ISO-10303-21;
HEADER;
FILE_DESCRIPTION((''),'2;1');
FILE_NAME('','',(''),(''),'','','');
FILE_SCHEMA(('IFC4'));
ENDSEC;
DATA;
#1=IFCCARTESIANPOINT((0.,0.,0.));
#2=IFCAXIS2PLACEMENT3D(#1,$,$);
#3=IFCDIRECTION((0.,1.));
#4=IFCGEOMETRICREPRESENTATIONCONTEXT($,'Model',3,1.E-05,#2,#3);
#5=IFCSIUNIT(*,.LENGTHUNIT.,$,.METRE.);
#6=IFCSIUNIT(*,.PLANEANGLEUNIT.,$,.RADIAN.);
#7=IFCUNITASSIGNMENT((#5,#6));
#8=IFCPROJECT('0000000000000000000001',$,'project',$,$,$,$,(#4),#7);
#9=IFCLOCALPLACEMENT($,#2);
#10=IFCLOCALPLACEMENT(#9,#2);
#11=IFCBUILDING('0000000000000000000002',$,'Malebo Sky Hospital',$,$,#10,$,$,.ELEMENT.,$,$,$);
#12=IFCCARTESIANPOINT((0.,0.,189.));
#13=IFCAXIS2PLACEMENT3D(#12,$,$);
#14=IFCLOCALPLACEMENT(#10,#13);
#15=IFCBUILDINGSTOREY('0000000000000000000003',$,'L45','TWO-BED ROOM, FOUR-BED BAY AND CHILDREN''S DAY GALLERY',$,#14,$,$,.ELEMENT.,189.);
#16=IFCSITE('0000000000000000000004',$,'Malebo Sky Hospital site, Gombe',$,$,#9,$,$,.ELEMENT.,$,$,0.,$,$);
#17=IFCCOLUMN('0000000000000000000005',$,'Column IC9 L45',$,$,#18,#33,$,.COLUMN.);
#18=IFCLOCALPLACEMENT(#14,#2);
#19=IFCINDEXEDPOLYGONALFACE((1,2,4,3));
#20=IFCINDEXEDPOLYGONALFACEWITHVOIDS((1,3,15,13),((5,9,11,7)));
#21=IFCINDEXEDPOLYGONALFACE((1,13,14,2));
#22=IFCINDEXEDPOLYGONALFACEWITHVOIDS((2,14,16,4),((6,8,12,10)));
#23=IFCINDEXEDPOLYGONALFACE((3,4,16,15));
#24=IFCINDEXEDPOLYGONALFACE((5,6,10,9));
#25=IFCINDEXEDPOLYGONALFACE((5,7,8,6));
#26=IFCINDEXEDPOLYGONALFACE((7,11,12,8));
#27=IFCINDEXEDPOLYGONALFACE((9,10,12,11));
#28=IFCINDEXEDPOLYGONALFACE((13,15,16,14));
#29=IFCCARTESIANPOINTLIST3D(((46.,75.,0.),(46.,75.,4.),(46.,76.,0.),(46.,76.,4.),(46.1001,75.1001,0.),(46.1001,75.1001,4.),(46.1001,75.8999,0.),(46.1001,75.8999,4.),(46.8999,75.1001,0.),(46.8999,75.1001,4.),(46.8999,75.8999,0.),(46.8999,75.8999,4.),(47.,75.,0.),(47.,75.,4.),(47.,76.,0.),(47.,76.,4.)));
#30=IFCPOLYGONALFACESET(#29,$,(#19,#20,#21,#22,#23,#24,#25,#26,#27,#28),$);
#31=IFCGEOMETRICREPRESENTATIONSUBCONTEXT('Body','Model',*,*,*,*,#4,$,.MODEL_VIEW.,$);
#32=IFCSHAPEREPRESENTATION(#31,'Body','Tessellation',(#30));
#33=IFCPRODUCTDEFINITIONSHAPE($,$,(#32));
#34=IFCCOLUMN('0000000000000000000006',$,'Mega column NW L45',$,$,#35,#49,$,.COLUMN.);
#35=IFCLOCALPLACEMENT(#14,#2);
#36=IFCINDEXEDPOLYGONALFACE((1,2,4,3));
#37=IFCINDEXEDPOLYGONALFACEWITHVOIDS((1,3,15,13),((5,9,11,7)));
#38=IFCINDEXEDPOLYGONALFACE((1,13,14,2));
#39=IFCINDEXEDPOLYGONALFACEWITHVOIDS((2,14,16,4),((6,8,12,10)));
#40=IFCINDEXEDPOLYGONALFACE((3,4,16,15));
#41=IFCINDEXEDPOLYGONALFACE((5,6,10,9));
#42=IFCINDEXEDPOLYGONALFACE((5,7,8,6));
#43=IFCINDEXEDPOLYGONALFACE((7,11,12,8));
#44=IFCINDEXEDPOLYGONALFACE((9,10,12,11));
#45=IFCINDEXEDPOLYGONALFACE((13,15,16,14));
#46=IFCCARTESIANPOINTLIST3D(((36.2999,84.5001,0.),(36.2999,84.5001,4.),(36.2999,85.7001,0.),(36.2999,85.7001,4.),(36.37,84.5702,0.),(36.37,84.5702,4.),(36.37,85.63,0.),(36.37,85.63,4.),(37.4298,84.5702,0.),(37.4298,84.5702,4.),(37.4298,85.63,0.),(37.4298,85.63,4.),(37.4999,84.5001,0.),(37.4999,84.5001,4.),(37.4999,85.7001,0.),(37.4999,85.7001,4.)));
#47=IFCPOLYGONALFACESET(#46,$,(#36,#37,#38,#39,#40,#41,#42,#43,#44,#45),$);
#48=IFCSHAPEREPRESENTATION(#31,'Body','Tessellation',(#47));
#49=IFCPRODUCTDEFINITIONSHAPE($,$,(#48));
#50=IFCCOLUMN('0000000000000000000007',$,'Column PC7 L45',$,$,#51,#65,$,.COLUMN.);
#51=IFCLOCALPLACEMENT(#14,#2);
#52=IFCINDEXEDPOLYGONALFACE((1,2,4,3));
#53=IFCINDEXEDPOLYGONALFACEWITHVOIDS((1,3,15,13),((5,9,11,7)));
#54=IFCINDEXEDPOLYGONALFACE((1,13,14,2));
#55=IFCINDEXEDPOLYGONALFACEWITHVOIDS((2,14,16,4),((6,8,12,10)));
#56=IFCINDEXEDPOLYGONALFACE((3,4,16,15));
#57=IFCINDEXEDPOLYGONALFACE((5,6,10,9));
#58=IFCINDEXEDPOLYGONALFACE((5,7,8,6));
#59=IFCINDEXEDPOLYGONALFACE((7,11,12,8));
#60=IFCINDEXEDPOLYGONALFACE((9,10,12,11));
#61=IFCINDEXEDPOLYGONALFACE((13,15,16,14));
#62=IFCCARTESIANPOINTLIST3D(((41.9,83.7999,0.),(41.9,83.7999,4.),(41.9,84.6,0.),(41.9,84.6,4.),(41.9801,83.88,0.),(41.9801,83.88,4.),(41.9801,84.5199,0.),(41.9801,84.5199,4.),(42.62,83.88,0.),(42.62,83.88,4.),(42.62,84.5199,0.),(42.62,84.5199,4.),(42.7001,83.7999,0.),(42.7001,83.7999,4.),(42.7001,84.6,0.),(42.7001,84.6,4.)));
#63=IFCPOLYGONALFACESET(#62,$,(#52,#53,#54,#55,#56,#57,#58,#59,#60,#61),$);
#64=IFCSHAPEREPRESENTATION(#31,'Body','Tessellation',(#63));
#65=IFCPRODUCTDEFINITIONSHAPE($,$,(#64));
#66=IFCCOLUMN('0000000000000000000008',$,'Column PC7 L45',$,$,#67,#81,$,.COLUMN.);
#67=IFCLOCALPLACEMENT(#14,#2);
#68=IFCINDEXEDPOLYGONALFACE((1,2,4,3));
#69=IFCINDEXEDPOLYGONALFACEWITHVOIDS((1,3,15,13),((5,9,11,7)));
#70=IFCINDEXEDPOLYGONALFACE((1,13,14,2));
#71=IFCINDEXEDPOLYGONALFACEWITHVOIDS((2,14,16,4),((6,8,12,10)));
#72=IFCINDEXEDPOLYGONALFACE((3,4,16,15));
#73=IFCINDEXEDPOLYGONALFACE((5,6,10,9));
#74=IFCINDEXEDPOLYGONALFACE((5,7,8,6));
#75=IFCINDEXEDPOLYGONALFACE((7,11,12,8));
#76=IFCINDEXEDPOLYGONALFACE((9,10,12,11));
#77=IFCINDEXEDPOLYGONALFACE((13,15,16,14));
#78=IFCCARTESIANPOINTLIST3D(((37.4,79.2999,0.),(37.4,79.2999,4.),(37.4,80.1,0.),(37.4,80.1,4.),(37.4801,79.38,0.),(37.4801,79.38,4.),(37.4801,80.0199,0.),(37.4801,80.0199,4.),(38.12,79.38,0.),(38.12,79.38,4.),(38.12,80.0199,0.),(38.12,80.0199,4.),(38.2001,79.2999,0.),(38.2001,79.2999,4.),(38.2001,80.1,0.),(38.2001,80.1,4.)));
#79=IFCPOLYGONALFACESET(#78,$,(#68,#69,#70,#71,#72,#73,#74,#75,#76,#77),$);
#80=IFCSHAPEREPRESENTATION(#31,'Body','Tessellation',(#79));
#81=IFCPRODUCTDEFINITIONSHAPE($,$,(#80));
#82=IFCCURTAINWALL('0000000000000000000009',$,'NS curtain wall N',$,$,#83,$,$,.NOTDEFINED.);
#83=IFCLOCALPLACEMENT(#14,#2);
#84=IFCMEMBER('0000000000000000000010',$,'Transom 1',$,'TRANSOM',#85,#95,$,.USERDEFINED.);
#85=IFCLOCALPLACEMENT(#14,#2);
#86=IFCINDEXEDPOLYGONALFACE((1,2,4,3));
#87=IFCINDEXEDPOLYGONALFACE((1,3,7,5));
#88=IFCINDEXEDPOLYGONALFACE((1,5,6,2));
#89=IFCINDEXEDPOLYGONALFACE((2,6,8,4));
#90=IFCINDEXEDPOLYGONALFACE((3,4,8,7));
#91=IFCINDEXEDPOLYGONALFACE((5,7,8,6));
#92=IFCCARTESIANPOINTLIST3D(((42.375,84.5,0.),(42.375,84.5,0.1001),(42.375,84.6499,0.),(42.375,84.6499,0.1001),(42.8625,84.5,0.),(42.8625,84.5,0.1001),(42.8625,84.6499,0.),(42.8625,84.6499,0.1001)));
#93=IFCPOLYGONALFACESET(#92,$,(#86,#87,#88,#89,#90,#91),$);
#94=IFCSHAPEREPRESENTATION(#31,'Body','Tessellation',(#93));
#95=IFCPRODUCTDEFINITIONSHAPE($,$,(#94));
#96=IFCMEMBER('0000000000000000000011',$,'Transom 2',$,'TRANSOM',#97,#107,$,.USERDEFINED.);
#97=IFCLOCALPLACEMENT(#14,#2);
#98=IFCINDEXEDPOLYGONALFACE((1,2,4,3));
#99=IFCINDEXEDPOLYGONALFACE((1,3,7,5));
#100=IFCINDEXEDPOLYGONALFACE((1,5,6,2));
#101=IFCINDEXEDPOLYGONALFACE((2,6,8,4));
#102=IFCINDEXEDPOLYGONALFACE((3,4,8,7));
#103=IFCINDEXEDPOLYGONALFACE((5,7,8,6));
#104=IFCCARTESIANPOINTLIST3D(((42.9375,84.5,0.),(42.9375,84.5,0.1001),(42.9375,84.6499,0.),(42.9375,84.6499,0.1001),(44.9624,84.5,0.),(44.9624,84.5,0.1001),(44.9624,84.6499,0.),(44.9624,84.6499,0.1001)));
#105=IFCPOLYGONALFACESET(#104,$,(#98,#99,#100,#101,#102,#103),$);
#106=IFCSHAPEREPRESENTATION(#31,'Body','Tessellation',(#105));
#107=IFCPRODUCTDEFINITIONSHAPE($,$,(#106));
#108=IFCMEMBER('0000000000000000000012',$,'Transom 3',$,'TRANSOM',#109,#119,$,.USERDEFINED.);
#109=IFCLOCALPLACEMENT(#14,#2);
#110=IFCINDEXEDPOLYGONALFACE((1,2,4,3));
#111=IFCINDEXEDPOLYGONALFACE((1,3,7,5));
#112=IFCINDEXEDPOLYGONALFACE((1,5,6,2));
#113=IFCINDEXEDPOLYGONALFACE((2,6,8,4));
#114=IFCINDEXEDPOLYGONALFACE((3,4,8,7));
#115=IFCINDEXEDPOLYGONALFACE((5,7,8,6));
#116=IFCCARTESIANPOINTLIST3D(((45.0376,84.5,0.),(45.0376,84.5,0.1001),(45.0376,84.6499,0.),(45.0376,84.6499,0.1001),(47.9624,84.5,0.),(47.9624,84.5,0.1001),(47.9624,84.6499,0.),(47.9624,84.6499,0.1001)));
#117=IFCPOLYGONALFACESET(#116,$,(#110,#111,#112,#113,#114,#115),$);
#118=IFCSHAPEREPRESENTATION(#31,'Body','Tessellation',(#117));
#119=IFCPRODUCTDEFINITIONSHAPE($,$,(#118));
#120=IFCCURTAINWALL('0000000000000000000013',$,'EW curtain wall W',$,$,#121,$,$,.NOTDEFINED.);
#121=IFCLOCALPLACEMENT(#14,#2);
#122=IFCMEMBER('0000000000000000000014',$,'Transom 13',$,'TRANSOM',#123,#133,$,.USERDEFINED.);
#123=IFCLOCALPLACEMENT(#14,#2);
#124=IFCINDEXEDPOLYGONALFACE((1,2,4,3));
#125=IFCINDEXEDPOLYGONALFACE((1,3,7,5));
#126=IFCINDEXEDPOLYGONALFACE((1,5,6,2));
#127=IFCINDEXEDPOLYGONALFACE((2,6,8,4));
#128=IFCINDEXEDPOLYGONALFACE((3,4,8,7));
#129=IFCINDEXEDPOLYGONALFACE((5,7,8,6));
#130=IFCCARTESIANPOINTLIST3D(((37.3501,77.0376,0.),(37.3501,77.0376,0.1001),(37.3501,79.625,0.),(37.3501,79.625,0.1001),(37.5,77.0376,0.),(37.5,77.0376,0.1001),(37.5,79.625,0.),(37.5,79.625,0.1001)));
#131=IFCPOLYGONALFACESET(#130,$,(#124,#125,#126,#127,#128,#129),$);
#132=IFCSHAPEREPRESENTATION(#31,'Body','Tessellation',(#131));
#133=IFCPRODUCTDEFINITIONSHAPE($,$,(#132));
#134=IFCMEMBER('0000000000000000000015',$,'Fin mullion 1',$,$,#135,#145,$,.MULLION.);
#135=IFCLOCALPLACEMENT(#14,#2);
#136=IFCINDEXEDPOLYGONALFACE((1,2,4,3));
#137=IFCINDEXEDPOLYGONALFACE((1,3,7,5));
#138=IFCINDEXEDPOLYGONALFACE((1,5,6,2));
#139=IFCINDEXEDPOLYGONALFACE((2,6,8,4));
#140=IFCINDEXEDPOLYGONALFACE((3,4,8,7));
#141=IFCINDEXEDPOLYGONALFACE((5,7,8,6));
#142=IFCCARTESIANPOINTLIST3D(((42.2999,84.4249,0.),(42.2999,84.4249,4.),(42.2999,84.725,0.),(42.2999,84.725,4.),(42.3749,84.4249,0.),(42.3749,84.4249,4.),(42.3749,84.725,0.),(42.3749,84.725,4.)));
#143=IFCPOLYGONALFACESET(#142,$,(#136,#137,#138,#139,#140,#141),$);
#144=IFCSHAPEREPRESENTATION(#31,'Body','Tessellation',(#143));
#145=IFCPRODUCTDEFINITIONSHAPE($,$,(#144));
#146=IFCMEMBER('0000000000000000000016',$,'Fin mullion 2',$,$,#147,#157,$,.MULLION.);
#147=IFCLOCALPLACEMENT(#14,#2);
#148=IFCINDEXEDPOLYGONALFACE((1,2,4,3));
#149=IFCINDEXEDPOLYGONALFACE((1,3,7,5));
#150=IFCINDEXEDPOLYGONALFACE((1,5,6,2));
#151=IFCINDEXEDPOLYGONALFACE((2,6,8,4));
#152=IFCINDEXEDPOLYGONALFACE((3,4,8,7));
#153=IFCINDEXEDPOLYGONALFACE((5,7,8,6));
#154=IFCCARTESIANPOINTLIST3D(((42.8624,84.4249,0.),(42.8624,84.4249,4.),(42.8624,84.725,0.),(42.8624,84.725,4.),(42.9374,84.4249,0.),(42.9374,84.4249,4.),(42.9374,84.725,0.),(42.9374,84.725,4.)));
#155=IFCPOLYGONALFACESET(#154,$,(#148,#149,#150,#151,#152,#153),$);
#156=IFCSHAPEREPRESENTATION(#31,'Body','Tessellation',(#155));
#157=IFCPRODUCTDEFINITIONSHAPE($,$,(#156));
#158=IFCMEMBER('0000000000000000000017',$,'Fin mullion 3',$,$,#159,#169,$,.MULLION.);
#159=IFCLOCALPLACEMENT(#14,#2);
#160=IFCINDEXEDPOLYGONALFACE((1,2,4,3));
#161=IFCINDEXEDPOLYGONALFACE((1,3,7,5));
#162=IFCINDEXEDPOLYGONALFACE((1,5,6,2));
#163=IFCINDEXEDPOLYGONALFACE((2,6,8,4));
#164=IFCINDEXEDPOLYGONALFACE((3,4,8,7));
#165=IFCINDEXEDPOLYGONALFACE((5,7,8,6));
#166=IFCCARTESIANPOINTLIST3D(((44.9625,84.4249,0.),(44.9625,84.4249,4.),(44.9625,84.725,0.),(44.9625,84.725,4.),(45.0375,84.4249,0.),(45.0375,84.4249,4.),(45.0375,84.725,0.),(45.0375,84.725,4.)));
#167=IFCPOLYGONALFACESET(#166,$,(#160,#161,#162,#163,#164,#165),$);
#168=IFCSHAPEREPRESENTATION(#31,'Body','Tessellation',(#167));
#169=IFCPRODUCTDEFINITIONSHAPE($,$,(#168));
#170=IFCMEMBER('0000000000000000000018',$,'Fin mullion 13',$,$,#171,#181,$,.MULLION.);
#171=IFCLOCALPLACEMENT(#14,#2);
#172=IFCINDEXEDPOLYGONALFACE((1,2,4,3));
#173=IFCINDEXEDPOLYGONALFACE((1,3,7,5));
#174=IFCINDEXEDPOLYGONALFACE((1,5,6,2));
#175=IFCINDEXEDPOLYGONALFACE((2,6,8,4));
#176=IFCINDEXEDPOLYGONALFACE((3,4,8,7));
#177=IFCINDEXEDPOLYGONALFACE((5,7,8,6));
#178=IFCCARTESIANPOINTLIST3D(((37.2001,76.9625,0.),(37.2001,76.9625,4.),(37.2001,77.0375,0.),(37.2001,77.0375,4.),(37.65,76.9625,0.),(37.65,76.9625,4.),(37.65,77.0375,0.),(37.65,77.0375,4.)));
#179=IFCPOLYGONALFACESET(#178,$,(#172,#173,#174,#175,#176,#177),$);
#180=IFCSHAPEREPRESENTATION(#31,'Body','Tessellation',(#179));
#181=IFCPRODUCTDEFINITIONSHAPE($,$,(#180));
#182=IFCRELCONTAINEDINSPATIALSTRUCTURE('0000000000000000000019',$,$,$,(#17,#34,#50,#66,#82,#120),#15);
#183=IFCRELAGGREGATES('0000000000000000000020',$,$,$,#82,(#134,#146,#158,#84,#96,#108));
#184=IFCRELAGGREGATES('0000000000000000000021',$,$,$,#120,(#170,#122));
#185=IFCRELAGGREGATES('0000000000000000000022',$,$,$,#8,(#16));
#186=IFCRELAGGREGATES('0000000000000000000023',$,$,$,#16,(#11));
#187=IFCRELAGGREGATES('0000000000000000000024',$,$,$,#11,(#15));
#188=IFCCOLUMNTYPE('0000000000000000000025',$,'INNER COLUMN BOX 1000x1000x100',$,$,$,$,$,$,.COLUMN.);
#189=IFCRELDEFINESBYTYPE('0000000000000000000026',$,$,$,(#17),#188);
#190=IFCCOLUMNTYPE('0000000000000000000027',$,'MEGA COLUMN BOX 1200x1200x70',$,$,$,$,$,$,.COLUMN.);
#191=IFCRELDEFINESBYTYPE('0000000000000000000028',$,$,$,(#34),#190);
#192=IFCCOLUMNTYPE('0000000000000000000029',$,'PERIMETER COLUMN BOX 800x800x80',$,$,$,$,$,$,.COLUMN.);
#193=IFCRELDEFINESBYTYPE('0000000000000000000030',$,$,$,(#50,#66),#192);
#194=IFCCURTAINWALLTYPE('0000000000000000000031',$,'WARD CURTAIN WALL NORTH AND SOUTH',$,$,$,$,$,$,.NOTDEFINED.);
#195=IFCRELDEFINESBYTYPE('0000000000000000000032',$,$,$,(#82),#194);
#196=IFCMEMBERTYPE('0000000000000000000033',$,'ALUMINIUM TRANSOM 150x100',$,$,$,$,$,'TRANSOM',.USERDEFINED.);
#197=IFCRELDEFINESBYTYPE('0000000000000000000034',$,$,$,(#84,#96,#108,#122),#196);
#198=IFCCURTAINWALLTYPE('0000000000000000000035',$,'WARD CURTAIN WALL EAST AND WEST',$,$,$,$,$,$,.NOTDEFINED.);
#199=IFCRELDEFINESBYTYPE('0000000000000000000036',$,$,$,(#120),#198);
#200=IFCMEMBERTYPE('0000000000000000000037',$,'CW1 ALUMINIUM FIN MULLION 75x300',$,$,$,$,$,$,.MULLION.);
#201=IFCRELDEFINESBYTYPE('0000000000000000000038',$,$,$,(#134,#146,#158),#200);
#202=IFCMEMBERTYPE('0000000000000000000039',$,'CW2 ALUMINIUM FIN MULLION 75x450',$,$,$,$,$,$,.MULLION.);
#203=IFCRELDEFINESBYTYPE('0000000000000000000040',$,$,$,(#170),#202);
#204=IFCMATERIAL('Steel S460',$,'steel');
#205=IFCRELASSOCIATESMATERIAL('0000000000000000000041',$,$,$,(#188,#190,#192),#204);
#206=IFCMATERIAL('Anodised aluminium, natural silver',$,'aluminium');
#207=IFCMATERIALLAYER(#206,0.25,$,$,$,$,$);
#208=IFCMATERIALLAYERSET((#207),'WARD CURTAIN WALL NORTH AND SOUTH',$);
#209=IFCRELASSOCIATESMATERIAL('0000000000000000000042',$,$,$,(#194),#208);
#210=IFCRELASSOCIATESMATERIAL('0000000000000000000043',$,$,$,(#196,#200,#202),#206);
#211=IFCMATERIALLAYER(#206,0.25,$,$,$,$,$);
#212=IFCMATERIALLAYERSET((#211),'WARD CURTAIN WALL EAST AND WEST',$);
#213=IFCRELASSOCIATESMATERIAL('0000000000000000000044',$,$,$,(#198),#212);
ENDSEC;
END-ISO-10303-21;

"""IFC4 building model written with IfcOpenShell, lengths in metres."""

from ifc_helpers import new_model, si_unit, direction, frame, origin, origin_2d, place, context, subcontext, project, spatial, rectangle, hollow_rectangle, extrude, material, layer, layer_set, material_profile, profile_set, type_object, element, aggregate, save


model = new_model("IFC4")

# Units and contexts
model_context = context("Model", 3, precision=1e-05, world=origin(), true_north=direction((0.0, 1.0)))
body_context = subcontext(model_context, "Body", "Model", "MODEL_VIEW")
ifc_project = project(units=[si_unit("LENGTHUNIT", "METRE"), si_unit("PLANEANGLEUNIT", "RADIAN")], contexts=[model_context])

# Site, building, storey
site_placement = place(None, origin())
site = spatial("IfcSite", under=ifc_project, at=site_placement, Name="Malebo Sky Hospital site, Gombe", CompositionType="ELEMENT", RefElevation=0.0)
building_placement = place(site_placement, origin())
building = spatial("IfcBuilding", under=site, at=building_placement, Name="Malebo Sky Hospital", CompositionType="ELEMENT")
storey_placement = place(building_placement, frame((0.0, 0.0, 189.0)))
storey = spatial("IfcBuildingStorey", under=building, at=storey_placement, Name="L45", Description="TWO-BED ROOM, FOUR-BED BAY AND CHILDREN'S DAY GALLERY", CompositionType="ELEMENT", Elevation=189.0)

# Columns
ifc_material_1 = material(Name="Steel S460", Category="steel")
ifc_material_profile_1 = material_profile(ifc_material_1, hollow_rectangle(XDim=1.0, YDim=1.0, WallThickness=0.1001, at=origin_2d()), Name="BOX 1000x1000x100")
ifc_profile_set_1 = profile_set([ifc_material_profile_1], Name="Steel S460")
column_type_1 = type_object("IfcColumnType", Name="INNER COLUMN BOX 1000x1000x100", PredefinedType="COLUMN", material=ifc_profile_set_1)
column_1_placement = place(storey_placement, frame((46.5, 75.5, 0.0), z_axis=(0.0, 0.0, 1.0), x_axis=(1.0, 0.0, 0.0)))
element("IfcColumn", 1, at=column_1_placement, inside=storey, type_object=column_type_1, Name="Column IC9 L45", PredefinedType="COLUMN", context=body_context, shape_type="SweptSolid", body=[
    extrude(hollow_rectangle(XDim=1.0, YDim=1.0, WallThickness=0.1001, at=origin_2d()), origin(), (0.0, 0.0, 1.0), 4.0),
])
ifc_material_profile_2 = material_profile(ifc_material_1, hollow_rectangle(XDim=1.2, YDim=1.2, WallThickness=0.0701, at=origin_2d()), Name="BOX 1200x1200x70")
ifc_profile_set_2 = profile_set([ifc_material_profile_2], Name="Steel S460")
column_type_2 = type_object("IfcColumnType", Name="MEGA COLUMN BOX 1200x1200x70", PredefinedType="COLUMN", material=ifc_profile_set_2)
column_2_placement = place(storey_placement, frame((36.8999, 85.1001, 0.0), z_axis=(0.0, 0.0, 1.0), x_axis=(1.0, 0.0, 0.0)))
element("IfcColumn", 2, at=column_2_placement, inside=storey, type_object=column_type_2, Name="Mega column NW L45", PredefinedType="COLUMN", context=body_context, shape_type="SweptSolid", body=[
    extrude(hollow_rectangle(XDim=1.2, YDim=1.2, WallThickness=0.0701, at=origin_2d()), origin(), (0.0, 0.0, 1.0), 4.0),
])
ifc_material_profile_3 = material_profile(ifc_material_1, hollow_rectangle(XDim=0.8, YDim=0.8, WallThickness=0.0801, at=origin_2d()), Name="BOX 800x800x80")
ifc_profile_set_3 = profile_set([ifc_material_profile_3], Name="Steel S460")
column_type_3 = type_object("IfcColumnType", Name="PERIMETER COLUMN BOX 800x800x80", PredefinedType="COLUMN", material=ifc_profile_set_3)
for number, where, z_axis, x_axis, name in (
    (3, (42.3, 84.2, 0.0), (0.0, 0.0, 1.0), (1.0, 0.0, 0.0), "Column PC7 L45"),
    (4, (37.8, 79.7, 0.0), (0.0, 0.0, 1.0), (1.0, 0.0, 0.0), "Column PC7 L45"),
):
    element("IfcColumn", number, at=place(storey_placement, frame(where, z_axis=z_axis, x_axis=x_axis)), inside=storey, type_object=column_type_3, Name=name, PredefinedType="COLUMN", context=body_context, shape_type="SweptSolid", body=[
        extrude(hollow_rectangle(XDim=0.8, YDim=0.8, WallThickness=0.0801, at=origin_2d()), origin(), (0.0, 0.0, 1.0), 4.0),
    ])

# Curtain wall, members
ifc_material_2 = material(Name="Anodised aluminium, natural silver", Category="aluminium")
ifc_layer_1 = layer(ifc_material_2, 0.25)
ifc_layer_set_1 = layer_set([ifc_layer_1], Name="WARD CURTAIN WALL NORTH AND SOUTH")
curtain_wall_type_1 = type_object("IfcCurtainWallType", Name="WARD CURTAIN WALL NORTH AND SOUTH", PredefinedType="NOTDEFINED", material=ifc_layer_set_1)
curtain_wall_1_placement = place(storey_placement, origin())
curtain_wall_1 = element("IfcCurtainWall", 5, at=curtain_wall_1_placement, inside=storey, type_object=curtain_wall_type_1, Name="NS curtain wall N", PredefinedType="NOTDEFINED")
ifc_material_profile_4 = material_profile(ifc_material_2, rectangle(XDim=0.1499, YDim=0.1001, at=origin_2d()), Name="ALUMINIUM TRANSOM 150x100")
ifc_profile_set_4 = profile_set([ifc_material_profile_4], Name="Anodised aluminium, natural silver")
member_type_1 = type_object("IfcMemberType", Name="ALUMINIUM TRANSOM 150x100", ElementType="TRANSOM", PredefinedType="USERDEFINED", material=ifc_profile_set_4)
member_1_placement = place(storey_placement, frame((42.375, 84.575, 0.05), z_axis=(1.0, 0.0, 0.0), x_axis=(0.0, 1.0, 0.0)))
member_1 = element("IfcMember", 6, at=member_1_placement, type_object=member_type_1, Name="Transom 1", ObjectType="TRANSOM", PredefinedType="USERDEFINED", context=body_context, shape_type="SweptSolid", body=[
    extrude(rectangle(XDim=0.1499, YDim=0.1001, at=origin_2d()), origin(), (0.0, 0.0, 1.0), 0.4875),
])
member_2_placement = place(storey_placement, frame((42.9375, 84.575, 0.05), z_axis=(1.0, 0.0, 0.0), x_axis=(0.0, 1.0, 0.0)))
member_2 = element("IfcMember", 7, at=member_2_placement, type_object=member_type_1, Name="Transom 2", ObjectType="TRANSOM", PredefinedType="USERDEFINED", context=body_context, shape_type="SweptSolid", body=[
    extrude(rectangle(XDim=0.1499, YDim=0.1001, at=origin_2d()), origin(), (0.0, 0.0, 1.0), 2.0249),
])
member_3_placement = place(storey_placement, frame((45.0376, 84.575, 0.05), z_axis=(1.0, 0.0, 0.0), x_axis=(0.0, 1.0, 0.0)))
member_3 = element("IfcMember", 8, at=member_3_placement, type_object=member_type_1, Name="Transom 3", ObjectType="TRANSOM", PredefinedType="USERDEFINED", context=body_context, shape_type="SweptSolid", body=[
    extrude(rectangle(XDim=0.1499, YDim=0.1001, at=origin_2d()), origin(), (0.0, 0.0, 1.0), 2.9248),
])

# Curtain wall, member
ifc_layer_2 = layer(ifc_material_2, 0.25)
ifc_layer_set_2 = layer_set([ifc_layer_2], Name="WARD CURTAIN WALL EAST AND WEST")
curtain_wall_type_2 = type_object("IfcCurtainWallType", Name="WARD CURTAIN WALL EAST AND WEST", PredefinedType="NOTDEFINED", material=ifc_layer_set_2)
curtain_wall_2_placement = place(storey_placement, origin())
curtain_wall_2 = element("IfcCurtainWall", 9, at=curtain_wall_2_placement, inside=storey, type_object=curtain_wall_type_2, Name="EW curtain wall W", PredefinedType="NOTDEFINED")
member_4_placement = place(storey_placement, frame((37.425, 77.0376, 0.05), z_axis=(0.0, 1.0, 0.0), x_axis=(-1.0, 0.0, 0.0)))
member_4 = element("IfcMember", 10, at=member_4_placement, type_object=member_type_1, Name="Transom 13", ObjectType="TRANSOM", PredefinedType="USERDEFINED", context=body_context, shape_type="SweptSolid", body=[
    extrude(rectangle(XDim=0.1499, YDim=0.1001, at=origin_2d()), origin(), (0.0, 0.0, 1.0), 2.5874),
])

# Members
ifc_material_profile_5 = material_profile(ifc_material_2, rectangle(XDim=0.075, YDim=0.3, at=origin_2d()), Name="CW1 ALUMINIUM FIN MULLION 75x300")
ifc_profile_set_5 = profile_set([ifc_material_profile_5], Name="Anodised aluminium, natural silver")
member_type_2 = type_object("IfcMemberType", Name="CW1 ALUMINIUM FIN MULLION 75x300", PredefinedType="MULLION", material=ifc_profile_set_5)
member_5_placement = place(storey_placement, frame((42.3374, 84.575, 0.0), z_axis=(0.0, 0.0, 1.0), x_axis=(1.0, 0.0, 0.0)))
member_5 = element("IfcMember", 11, at=member_5_placement, type_object=member_type_2, Name="Fin mullion 1", PredefinedType="MULLION", context=body_context, shape_type="SweptSolid", body=[
    extrude(rectangle(XDim=0.075, YDim=0.3, at=origin_2d()), origin(), (0.0, 0.0, 1.0), 4.0),
])
member_6_placement = place(storey_placement, frame((42.8999, 84.575, 0.0), z_axis=(0.0, 0.0, 1.0), x_axis=(1.0, 0.0, 0.0)))
member_6 = element("IfcMember", 12, at=member_6_placement, type_object=member_type_2, Name="Fin mullion 2", PredefinedType="MULLION", context=body_context, shape_type="SweptSolid", body=[
    extrude(rectangle(XDim=0.075, YDim=0.3, at=origin_2d()), origin(), (0.0, 0.0, 1.0), 4.0),
])
member_7_placement = place(storey_placement, frame((45.0, 84.575, 0.0), z_axis=(0.0, 0.0, 1.0), x_axis=(1.0, 0.0, 0.0)))
member_7 = element("IfcMember", 13, at=member_7_placement, type_object=member_type_2, Name="Fin mullion 3", PredefinedType="MULLION", context=body_context, shape_type="SweptSolid", body=[
    extrude(rectangle(XDim=0.075, YDim=0.3, at=origin_2d()), origin(), (0.0, 0.0, 1.0), 4.0),
])
ifc_material_profile_6 = material_profile(ifc_material_2, rectangle(XDim=0.075, YDim=0.45, at=origin_2d()), Name="CW2 ALUMINIUM FIN MULLION 75x450")
ifc_profile_set_6 = profile_set([ifc_material_profile_6], Name="Anodised aluminium, natural silver")
member_type_3 = type_object("IfcMemberType", Name="CW2 ALUMINIUM FIN MULLION 75x450", PredefinedType="MULLION", material=ifc_profile_set_6)
member_8_placement = place(storey_placement, frame((37.425, 77.0, 0.0), z_axis=(0.0, 0.0, 1.0), x_axis=(0.0, 1.0, 0.0)))
member_8 = element("IfcMember", 14, at=member_8_placement, type_object=member_type_3, Name="Fin mullion 13", PredefinedType="MULLION", context=body_context, shape_type="SweptSolid", body=[
    extrude(rectangle(XDim=0.075, YDim=0.45, at=origin_2d()), origin(), (0.0, 0.0, 1.0), 4.0),
])

aggregate(curtain_wall_1, [member_5, member_6, member_7, member_1, member_2, member_3])
aggregate(curtain_wall_2, [member_8, member_4])

save(model, "model.ifc")
